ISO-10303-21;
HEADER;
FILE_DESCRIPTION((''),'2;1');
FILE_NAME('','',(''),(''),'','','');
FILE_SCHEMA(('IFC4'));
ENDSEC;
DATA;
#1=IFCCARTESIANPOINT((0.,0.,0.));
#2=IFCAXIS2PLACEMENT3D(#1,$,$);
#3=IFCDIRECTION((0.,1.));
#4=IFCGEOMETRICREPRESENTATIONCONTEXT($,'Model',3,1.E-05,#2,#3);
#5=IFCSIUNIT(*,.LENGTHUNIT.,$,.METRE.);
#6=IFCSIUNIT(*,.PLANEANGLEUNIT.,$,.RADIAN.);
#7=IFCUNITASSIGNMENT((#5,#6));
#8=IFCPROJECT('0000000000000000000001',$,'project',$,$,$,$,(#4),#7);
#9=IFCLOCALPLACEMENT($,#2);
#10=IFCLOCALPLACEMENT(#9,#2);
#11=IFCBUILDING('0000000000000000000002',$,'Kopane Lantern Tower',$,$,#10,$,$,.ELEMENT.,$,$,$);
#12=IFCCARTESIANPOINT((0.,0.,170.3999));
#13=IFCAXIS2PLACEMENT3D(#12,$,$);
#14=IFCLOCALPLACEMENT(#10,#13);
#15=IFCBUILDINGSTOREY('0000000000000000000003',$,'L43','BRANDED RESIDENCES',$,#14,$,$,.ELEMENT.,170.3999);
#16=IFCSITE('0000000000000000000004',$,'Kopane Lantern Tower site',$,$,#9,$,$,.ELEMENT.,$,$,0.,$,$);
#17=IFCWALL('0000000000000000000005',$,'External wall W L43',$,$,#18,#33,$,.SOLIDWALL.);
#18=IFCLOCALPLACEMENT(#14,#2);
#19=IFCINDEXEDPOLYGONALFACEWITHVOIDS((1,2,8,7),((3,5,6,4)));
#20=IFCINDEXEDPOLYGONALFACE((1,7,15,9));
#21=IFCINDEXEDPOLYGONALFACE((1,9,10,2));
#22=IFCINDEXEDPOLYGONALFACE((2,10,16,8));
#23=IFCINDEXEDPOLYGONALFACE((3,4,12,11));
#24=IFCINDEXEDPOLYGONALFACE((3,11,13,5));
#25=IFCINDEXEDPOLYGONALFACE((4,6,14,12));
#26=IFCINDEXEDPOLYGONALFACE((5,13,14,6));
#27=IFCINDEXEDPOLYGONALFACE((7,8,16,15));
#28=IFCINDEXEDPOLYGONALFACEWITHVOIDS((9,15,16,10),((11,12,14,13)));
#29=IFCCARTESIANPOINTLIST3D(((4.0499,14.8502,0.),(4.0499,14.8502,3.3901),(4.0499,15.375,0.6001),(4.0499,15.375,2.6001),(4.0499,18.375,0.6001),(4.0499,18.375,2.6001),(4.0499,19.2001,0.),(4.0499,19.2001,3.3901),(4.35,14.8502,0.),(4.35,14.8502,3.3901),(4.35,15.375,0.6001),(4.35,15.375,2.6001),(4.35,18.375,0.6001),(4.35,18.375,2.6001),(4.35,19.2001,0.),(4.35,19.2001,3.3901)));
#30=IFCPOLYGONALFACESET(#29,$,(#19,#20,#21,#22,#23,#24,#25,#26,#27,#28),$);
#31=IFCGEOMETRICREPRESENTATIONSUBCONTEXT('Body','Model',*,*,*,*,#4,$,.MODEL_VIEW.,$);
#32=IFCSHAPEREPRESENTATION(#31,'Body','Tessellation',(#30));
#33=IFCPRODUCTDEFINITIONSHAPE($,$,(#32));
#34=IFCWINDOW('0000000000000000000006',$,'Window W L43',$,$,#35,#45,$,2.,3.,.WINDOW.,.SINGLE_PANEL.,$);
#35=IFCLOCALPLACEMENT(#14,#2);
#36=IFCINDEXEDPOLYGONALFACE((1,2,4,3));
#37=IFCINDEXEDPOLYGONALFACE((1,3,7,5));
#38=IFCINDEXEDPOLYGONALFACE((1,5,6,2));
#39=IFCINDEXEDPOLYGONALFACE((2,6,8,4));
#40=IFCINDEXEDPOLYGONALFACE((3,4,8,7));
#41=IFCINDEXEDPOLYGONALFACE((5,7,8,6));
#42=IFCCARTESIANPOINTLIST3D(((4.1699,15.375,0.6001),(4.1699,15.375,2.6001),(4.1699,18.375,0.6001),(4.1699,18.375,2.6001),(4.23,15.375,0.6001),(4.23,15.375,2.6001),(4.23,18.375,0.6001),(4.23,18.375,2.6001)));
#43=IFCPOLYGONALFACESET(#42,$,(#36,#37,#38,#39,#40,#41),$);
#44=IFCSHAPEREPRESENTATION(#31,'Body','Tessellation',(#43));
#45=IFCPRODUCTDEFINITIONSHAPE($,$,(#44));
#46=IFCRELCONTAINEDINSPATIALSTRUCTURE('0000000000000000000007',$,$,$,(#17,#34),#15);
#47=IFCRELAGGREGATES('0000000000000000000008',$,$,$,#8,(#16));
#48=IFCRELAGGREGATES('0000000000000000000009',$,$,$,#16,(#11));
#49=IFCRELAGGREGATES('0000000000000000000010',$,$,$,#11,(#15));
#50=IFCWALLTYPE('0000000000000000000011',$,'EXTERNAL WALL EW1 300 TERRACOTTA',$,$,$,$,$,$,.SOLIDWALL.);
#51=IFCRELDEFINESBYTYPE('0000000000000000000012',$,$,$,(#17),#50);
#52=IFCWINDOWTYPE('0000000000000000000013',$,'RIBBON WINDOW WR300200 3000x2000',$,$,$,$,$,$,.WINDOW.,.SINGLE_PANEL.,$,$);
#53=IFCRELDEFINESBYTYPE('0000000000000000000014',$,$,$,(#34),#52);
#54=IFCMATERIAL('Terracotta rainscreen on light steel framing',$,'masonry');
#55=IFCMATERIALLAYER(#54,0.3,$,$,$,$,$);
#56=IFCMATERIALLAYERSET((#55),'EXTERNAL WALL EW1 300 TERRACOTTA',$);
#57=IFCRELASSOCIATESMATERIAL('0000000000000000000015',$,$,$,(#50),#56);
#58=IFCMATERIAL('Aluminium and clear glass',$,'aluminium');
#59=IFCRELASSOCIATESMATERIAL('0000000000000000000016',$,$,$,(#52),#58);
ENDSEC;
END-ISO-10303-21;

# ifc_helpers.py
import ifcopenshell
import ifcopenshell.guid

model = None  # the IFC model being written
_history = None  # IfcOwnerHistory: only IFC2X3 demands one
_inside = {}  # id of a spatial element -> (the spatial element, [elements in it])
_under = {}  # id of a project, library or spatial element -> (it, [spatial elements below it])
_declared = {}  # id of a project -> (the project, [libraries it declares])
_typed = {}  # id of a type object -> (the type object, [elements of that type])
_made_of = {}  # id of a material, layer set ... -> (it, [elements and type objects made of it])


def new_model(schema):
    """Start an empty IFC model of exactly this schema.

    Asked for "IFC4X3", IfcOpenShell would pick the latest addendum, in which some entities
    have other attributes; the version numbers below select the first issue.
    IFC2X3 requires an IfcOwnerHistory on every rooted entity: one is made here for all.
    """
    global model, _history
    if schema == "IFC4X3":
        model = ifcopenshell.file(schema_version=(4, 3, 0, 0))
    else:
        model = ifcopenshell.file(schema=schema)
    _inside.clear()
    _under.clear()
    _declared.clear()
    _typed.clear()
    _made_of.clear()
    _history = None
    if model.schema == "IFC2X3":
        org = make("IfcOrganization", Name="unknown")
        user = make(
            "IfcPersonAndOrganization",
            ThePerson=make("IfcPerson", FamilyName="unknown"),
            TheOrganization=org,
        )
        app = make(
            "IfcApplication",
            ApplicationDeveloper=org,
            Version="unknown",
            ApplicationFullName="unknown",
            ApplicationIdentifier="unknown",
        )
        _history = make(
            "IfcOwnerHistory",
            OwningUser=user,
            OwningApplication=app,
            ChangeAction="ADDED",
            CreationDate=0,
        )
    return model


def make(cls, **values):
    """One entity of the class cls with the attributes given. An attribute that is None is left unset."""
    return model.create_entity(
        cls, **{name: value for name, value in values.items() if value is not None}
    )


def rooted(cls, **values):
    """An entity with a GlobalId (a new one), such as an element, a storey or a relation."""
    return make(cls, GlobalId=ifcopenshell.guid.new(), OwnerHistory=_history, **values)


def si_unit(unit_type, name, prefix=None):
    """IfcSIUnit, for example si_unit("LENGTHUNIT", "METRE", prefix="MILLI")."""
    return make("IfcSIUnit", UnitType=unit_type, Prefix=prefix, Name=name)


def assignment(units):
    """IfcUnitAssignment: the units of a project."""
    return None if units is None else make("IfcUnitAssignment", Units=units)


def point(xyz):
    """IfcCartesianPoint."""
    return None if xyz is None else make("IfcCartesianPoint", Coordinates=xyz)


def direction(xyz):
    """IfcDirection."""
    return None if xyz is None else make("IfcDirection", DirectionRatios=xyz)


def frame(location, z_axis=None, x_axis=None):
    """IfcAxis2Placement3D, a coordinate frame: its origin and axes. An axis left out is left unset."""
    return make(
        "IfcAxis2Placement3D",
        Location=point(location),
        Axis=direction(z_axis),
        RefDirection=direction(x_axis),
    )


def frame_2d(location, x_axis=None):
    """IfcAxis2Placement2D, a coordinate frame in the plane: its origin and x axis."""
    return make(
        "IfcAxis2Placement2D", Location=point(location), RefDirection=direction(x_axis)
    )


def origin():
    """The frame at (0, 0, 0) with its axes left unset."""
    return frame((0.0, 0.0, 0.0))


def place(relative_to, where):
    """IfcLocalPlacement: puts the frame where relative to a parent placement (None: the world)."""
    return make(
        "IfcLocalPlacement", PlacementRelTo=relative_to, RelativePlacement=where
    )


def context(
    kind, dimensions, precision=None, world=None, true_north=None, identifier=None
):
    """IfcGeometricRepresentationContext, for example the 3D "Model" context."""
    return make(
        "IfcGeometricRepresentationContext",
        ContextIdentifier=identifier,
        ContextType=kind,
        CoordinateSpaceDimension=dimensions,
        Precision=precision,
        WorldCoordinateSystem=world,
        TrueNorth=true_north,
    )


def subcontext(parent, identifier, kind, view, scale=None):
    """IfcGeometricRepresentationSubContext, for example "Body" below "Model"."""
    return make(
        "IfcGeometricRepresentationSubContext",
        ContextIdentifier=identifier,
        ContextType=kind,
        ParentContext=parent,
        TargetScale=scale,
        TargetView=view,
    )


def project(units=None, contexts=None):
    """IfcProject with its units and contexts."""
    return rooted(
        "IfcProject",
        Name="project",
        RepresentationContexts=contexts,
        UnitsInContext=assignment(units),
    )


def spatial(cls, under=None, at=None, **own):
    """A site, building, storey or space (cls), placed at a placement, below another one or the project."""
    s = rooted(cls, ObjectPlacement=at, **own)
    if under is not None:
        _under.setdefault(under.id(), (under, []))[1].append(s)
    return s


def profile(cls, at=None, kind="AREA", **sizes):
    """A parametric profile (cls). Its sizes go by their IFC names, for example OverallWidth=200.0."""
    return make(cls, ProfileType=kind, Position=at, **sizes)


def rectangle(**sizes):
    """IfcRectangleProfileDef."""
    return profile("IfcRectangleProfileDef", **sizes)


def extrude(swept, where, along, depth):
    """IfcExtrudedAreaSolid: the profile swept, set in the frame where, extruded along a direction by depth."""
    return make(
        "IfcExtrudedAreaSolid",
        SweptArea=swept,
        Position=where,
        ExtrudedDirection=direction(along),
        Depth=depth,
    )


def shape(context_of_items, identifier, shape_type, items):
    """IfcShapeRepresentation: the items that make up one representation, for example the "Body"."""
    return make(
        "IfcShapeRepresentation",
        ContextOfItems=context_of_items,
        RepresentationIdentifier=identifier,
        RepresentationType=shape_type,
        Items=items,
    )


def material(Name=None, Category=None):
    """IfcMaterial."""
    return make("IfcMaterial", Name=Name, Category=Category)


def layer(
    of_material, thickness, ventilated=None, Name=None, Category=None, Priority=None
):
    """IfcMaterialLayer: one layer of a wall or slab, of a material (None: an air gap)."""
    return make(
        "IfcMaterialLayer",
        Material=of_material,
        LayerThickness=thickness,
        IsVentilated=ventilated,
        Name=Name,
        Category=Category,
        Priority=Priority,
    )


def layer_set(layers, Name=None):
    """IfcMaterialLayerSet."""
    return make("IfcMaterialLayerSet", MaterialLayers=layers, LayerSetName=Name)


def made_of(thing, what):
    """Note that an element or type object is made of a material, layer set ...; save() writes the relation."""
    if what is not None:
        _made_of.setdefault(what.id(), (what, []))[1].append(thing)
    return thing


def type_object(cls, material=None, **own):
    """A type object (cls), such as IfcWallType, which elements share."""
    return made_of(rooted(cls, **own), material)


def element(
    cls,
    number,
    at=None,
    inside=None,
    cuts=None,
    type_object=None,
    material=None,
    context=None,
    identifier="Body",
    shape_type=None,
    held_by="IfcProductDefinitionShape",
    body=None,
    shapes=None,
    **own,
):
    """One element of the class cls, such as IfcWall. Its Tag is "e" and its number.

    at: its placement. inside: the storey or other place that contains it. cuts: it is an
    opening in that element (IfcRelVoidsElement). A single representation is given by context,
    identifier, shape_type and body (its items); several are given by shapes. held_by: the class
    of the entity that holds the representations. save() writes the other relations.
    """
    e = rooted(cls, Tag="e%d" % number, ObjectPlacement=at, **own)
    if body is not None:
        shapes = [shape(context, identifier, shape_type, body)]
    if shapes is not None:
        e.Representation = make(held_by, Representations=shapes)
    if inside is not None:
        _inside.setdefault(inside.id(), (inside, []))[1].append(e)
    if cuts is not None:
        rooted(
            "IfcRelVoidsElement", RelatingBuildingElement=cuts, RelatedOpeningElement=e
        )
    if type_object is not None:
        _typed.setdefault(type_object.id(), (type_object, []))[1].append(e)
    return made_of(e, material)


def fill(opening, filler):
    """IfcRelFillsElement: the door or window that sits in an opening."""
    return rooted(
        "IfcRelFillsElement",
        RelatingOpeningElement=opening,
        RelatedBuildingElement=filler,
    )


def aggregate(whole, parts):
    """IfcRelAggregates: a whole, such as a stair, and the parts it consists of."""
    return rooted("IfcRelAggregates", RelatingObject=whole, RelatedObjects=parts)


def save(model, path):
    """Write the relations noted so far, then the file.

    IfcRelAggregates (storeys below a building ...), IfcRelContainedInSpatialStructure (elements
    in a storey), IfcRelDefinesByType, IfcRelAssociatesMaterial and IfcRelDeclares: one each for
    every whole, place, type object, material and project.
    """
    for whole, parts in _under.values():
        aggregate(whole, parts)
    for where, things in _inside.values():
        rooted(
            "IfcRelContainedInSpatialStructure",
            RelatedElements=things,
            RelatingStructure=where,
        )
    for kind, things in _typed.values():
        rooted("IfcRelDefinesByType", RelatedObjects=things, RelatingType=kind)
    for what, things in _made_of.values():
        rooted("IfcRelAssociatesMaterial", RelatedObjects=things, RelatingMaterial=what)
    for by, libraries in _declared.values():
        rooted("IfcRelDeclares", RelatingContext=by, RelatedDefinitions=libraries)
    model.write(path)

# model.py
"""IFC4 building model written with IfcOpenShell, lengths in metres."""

from ifc_helpers import new_model, si_unit, direction, frame, frame_2d, origin, place, context, subcontext, project, spatial, rectangle, extrude, material, layer, layer_set, type_object, element, fill, save


model = new_model("IFC4")

# Units and contexts
model_context = context("Model", 3, precision=1e-05, world=origin(), true_north=direction((0.0, 1.0)))
body_context = subcontext(model_context, "Body", "Model", "MODEL_VIEW")
ifc_project = project(units=[si_unit("LENGTHUNIT", "METRE"), si_unit("PLANEANGLEUNIT", "RADIAN")], contexts=[model_context])

# Site, building, storey
site_placement = place(None, origin())
site = spatial("IfcSite", under=ifc_project, at=site_placement, Name="Kopane Lantern Tower site", CompositionType="ELEMENT", RefElevation=0.0)
building_placement = place(site_placement, origin())
building = spatial("IfcBuilding", under=site, at=building_placement, Name="Kopane Lantern Tower", CompositionType="ELEMENT")
storey_placement = place(building_placement, frame((0.0, 0.0, 170.3999)))
storey = spatial("IfcBuildingStorey", under=building, at=storey_placement, Name="L43", Description="BRANDED RESIDENCES", CompositionType="ELEMENT", Elevation=170.3999)

# Wall, opening, window
ifc_material_1 = material(Name="Terracotta rainscreen on light steel framing", Category="masonry")
ifc_layer_1 = layer(ifc_material_1, 0.3)
ifc_layer_set_1 = layer_set([ifc_layer_1], Name="EXTERNAL WALL EW1 300 TERRACOTTA")
wall_type_1 = type_object("IfcWallType", Name="EXTERNAL WALL EW1 300 TERRACOTTA", PredefinedType="SOLIDWALL", material=ifc_layer_set_1)
ifc_material_2 = material(Name="Aluminium and clear glass", Category="aluminium")
window_type = type_object("IfcWindowType", Name="RIBBON WINDOW WR300200 3000x2000", PartitioningType="SINGLE_PANEL", PredefinedType="WINDOW", material=ifc_material_2)
wall_1_placement = place(storey_placement, frame((4.2, 19.2, 0.0), z_axis=(0.0, 0.0, 1.0), x_axis=(0.0, -1.0, 0.0)))
wall_1 = element("IfcWall", 1, at=wall_1_placement, inside=storey, type_object=wall_type_1, Name="External wall W L43", PredefinedType="SOLIDWALL", context=body_context, shape_type="SweptSolid", body=[
    extrude(rectangle(XDim=4.3499, YDim=0.3, at=frame_2d((2.1748, 0.0))), origin(), (0.0, 0.0, 1.0), 3.3901),
])
opening_1_placement = place(wall_1_placement, frame((0.825, 0.0, 0.6001)))
opening_1 = element("IfcOpeningElement", 2, at=opening_1_placement, cuts=wall_1, PredefinedType="OPENING", context=body_context, shape_type="SweptSolid", body=[
    extrude(rectangle(XDim=3.0, YDim=2.0, at=frame_2d((1.5, 1.0))), frame((0.0, 0.1599, 0.0), z_axis=(0.0, -1.0, 0.0), x_axis=(1.0, 0.0, 0.0)), (0.0, 0.0, 1.0), 0.3201),
])
window_1_placement = place(opening_1_placement, origin())
window_1 = element("IfcWindow", 3, at=window_1_placement, inside=storey, type_object=window_type, Name="Window W L43", OverallHeight=2.0, OverallWidth=3.0, PartitioningType="SINGLE_PANEL", PredefinedType="WINDOW", context=body_context, shape_type="SweptSolid", body=[
    extrude(rectangle(XDim=3.0, YDim=2.0, at=frame_2d((1.5, 1.0))), frame((0.0, 0.03, 0.0), z_axis=(0.0, -1.0, 0.0), x_axis=(1.0, 0.0, 0.0)), (0.0, 0.0, 1.0), 0.0601),
])
fill(opening_1, window_1)

save(model, "model.ifc")
